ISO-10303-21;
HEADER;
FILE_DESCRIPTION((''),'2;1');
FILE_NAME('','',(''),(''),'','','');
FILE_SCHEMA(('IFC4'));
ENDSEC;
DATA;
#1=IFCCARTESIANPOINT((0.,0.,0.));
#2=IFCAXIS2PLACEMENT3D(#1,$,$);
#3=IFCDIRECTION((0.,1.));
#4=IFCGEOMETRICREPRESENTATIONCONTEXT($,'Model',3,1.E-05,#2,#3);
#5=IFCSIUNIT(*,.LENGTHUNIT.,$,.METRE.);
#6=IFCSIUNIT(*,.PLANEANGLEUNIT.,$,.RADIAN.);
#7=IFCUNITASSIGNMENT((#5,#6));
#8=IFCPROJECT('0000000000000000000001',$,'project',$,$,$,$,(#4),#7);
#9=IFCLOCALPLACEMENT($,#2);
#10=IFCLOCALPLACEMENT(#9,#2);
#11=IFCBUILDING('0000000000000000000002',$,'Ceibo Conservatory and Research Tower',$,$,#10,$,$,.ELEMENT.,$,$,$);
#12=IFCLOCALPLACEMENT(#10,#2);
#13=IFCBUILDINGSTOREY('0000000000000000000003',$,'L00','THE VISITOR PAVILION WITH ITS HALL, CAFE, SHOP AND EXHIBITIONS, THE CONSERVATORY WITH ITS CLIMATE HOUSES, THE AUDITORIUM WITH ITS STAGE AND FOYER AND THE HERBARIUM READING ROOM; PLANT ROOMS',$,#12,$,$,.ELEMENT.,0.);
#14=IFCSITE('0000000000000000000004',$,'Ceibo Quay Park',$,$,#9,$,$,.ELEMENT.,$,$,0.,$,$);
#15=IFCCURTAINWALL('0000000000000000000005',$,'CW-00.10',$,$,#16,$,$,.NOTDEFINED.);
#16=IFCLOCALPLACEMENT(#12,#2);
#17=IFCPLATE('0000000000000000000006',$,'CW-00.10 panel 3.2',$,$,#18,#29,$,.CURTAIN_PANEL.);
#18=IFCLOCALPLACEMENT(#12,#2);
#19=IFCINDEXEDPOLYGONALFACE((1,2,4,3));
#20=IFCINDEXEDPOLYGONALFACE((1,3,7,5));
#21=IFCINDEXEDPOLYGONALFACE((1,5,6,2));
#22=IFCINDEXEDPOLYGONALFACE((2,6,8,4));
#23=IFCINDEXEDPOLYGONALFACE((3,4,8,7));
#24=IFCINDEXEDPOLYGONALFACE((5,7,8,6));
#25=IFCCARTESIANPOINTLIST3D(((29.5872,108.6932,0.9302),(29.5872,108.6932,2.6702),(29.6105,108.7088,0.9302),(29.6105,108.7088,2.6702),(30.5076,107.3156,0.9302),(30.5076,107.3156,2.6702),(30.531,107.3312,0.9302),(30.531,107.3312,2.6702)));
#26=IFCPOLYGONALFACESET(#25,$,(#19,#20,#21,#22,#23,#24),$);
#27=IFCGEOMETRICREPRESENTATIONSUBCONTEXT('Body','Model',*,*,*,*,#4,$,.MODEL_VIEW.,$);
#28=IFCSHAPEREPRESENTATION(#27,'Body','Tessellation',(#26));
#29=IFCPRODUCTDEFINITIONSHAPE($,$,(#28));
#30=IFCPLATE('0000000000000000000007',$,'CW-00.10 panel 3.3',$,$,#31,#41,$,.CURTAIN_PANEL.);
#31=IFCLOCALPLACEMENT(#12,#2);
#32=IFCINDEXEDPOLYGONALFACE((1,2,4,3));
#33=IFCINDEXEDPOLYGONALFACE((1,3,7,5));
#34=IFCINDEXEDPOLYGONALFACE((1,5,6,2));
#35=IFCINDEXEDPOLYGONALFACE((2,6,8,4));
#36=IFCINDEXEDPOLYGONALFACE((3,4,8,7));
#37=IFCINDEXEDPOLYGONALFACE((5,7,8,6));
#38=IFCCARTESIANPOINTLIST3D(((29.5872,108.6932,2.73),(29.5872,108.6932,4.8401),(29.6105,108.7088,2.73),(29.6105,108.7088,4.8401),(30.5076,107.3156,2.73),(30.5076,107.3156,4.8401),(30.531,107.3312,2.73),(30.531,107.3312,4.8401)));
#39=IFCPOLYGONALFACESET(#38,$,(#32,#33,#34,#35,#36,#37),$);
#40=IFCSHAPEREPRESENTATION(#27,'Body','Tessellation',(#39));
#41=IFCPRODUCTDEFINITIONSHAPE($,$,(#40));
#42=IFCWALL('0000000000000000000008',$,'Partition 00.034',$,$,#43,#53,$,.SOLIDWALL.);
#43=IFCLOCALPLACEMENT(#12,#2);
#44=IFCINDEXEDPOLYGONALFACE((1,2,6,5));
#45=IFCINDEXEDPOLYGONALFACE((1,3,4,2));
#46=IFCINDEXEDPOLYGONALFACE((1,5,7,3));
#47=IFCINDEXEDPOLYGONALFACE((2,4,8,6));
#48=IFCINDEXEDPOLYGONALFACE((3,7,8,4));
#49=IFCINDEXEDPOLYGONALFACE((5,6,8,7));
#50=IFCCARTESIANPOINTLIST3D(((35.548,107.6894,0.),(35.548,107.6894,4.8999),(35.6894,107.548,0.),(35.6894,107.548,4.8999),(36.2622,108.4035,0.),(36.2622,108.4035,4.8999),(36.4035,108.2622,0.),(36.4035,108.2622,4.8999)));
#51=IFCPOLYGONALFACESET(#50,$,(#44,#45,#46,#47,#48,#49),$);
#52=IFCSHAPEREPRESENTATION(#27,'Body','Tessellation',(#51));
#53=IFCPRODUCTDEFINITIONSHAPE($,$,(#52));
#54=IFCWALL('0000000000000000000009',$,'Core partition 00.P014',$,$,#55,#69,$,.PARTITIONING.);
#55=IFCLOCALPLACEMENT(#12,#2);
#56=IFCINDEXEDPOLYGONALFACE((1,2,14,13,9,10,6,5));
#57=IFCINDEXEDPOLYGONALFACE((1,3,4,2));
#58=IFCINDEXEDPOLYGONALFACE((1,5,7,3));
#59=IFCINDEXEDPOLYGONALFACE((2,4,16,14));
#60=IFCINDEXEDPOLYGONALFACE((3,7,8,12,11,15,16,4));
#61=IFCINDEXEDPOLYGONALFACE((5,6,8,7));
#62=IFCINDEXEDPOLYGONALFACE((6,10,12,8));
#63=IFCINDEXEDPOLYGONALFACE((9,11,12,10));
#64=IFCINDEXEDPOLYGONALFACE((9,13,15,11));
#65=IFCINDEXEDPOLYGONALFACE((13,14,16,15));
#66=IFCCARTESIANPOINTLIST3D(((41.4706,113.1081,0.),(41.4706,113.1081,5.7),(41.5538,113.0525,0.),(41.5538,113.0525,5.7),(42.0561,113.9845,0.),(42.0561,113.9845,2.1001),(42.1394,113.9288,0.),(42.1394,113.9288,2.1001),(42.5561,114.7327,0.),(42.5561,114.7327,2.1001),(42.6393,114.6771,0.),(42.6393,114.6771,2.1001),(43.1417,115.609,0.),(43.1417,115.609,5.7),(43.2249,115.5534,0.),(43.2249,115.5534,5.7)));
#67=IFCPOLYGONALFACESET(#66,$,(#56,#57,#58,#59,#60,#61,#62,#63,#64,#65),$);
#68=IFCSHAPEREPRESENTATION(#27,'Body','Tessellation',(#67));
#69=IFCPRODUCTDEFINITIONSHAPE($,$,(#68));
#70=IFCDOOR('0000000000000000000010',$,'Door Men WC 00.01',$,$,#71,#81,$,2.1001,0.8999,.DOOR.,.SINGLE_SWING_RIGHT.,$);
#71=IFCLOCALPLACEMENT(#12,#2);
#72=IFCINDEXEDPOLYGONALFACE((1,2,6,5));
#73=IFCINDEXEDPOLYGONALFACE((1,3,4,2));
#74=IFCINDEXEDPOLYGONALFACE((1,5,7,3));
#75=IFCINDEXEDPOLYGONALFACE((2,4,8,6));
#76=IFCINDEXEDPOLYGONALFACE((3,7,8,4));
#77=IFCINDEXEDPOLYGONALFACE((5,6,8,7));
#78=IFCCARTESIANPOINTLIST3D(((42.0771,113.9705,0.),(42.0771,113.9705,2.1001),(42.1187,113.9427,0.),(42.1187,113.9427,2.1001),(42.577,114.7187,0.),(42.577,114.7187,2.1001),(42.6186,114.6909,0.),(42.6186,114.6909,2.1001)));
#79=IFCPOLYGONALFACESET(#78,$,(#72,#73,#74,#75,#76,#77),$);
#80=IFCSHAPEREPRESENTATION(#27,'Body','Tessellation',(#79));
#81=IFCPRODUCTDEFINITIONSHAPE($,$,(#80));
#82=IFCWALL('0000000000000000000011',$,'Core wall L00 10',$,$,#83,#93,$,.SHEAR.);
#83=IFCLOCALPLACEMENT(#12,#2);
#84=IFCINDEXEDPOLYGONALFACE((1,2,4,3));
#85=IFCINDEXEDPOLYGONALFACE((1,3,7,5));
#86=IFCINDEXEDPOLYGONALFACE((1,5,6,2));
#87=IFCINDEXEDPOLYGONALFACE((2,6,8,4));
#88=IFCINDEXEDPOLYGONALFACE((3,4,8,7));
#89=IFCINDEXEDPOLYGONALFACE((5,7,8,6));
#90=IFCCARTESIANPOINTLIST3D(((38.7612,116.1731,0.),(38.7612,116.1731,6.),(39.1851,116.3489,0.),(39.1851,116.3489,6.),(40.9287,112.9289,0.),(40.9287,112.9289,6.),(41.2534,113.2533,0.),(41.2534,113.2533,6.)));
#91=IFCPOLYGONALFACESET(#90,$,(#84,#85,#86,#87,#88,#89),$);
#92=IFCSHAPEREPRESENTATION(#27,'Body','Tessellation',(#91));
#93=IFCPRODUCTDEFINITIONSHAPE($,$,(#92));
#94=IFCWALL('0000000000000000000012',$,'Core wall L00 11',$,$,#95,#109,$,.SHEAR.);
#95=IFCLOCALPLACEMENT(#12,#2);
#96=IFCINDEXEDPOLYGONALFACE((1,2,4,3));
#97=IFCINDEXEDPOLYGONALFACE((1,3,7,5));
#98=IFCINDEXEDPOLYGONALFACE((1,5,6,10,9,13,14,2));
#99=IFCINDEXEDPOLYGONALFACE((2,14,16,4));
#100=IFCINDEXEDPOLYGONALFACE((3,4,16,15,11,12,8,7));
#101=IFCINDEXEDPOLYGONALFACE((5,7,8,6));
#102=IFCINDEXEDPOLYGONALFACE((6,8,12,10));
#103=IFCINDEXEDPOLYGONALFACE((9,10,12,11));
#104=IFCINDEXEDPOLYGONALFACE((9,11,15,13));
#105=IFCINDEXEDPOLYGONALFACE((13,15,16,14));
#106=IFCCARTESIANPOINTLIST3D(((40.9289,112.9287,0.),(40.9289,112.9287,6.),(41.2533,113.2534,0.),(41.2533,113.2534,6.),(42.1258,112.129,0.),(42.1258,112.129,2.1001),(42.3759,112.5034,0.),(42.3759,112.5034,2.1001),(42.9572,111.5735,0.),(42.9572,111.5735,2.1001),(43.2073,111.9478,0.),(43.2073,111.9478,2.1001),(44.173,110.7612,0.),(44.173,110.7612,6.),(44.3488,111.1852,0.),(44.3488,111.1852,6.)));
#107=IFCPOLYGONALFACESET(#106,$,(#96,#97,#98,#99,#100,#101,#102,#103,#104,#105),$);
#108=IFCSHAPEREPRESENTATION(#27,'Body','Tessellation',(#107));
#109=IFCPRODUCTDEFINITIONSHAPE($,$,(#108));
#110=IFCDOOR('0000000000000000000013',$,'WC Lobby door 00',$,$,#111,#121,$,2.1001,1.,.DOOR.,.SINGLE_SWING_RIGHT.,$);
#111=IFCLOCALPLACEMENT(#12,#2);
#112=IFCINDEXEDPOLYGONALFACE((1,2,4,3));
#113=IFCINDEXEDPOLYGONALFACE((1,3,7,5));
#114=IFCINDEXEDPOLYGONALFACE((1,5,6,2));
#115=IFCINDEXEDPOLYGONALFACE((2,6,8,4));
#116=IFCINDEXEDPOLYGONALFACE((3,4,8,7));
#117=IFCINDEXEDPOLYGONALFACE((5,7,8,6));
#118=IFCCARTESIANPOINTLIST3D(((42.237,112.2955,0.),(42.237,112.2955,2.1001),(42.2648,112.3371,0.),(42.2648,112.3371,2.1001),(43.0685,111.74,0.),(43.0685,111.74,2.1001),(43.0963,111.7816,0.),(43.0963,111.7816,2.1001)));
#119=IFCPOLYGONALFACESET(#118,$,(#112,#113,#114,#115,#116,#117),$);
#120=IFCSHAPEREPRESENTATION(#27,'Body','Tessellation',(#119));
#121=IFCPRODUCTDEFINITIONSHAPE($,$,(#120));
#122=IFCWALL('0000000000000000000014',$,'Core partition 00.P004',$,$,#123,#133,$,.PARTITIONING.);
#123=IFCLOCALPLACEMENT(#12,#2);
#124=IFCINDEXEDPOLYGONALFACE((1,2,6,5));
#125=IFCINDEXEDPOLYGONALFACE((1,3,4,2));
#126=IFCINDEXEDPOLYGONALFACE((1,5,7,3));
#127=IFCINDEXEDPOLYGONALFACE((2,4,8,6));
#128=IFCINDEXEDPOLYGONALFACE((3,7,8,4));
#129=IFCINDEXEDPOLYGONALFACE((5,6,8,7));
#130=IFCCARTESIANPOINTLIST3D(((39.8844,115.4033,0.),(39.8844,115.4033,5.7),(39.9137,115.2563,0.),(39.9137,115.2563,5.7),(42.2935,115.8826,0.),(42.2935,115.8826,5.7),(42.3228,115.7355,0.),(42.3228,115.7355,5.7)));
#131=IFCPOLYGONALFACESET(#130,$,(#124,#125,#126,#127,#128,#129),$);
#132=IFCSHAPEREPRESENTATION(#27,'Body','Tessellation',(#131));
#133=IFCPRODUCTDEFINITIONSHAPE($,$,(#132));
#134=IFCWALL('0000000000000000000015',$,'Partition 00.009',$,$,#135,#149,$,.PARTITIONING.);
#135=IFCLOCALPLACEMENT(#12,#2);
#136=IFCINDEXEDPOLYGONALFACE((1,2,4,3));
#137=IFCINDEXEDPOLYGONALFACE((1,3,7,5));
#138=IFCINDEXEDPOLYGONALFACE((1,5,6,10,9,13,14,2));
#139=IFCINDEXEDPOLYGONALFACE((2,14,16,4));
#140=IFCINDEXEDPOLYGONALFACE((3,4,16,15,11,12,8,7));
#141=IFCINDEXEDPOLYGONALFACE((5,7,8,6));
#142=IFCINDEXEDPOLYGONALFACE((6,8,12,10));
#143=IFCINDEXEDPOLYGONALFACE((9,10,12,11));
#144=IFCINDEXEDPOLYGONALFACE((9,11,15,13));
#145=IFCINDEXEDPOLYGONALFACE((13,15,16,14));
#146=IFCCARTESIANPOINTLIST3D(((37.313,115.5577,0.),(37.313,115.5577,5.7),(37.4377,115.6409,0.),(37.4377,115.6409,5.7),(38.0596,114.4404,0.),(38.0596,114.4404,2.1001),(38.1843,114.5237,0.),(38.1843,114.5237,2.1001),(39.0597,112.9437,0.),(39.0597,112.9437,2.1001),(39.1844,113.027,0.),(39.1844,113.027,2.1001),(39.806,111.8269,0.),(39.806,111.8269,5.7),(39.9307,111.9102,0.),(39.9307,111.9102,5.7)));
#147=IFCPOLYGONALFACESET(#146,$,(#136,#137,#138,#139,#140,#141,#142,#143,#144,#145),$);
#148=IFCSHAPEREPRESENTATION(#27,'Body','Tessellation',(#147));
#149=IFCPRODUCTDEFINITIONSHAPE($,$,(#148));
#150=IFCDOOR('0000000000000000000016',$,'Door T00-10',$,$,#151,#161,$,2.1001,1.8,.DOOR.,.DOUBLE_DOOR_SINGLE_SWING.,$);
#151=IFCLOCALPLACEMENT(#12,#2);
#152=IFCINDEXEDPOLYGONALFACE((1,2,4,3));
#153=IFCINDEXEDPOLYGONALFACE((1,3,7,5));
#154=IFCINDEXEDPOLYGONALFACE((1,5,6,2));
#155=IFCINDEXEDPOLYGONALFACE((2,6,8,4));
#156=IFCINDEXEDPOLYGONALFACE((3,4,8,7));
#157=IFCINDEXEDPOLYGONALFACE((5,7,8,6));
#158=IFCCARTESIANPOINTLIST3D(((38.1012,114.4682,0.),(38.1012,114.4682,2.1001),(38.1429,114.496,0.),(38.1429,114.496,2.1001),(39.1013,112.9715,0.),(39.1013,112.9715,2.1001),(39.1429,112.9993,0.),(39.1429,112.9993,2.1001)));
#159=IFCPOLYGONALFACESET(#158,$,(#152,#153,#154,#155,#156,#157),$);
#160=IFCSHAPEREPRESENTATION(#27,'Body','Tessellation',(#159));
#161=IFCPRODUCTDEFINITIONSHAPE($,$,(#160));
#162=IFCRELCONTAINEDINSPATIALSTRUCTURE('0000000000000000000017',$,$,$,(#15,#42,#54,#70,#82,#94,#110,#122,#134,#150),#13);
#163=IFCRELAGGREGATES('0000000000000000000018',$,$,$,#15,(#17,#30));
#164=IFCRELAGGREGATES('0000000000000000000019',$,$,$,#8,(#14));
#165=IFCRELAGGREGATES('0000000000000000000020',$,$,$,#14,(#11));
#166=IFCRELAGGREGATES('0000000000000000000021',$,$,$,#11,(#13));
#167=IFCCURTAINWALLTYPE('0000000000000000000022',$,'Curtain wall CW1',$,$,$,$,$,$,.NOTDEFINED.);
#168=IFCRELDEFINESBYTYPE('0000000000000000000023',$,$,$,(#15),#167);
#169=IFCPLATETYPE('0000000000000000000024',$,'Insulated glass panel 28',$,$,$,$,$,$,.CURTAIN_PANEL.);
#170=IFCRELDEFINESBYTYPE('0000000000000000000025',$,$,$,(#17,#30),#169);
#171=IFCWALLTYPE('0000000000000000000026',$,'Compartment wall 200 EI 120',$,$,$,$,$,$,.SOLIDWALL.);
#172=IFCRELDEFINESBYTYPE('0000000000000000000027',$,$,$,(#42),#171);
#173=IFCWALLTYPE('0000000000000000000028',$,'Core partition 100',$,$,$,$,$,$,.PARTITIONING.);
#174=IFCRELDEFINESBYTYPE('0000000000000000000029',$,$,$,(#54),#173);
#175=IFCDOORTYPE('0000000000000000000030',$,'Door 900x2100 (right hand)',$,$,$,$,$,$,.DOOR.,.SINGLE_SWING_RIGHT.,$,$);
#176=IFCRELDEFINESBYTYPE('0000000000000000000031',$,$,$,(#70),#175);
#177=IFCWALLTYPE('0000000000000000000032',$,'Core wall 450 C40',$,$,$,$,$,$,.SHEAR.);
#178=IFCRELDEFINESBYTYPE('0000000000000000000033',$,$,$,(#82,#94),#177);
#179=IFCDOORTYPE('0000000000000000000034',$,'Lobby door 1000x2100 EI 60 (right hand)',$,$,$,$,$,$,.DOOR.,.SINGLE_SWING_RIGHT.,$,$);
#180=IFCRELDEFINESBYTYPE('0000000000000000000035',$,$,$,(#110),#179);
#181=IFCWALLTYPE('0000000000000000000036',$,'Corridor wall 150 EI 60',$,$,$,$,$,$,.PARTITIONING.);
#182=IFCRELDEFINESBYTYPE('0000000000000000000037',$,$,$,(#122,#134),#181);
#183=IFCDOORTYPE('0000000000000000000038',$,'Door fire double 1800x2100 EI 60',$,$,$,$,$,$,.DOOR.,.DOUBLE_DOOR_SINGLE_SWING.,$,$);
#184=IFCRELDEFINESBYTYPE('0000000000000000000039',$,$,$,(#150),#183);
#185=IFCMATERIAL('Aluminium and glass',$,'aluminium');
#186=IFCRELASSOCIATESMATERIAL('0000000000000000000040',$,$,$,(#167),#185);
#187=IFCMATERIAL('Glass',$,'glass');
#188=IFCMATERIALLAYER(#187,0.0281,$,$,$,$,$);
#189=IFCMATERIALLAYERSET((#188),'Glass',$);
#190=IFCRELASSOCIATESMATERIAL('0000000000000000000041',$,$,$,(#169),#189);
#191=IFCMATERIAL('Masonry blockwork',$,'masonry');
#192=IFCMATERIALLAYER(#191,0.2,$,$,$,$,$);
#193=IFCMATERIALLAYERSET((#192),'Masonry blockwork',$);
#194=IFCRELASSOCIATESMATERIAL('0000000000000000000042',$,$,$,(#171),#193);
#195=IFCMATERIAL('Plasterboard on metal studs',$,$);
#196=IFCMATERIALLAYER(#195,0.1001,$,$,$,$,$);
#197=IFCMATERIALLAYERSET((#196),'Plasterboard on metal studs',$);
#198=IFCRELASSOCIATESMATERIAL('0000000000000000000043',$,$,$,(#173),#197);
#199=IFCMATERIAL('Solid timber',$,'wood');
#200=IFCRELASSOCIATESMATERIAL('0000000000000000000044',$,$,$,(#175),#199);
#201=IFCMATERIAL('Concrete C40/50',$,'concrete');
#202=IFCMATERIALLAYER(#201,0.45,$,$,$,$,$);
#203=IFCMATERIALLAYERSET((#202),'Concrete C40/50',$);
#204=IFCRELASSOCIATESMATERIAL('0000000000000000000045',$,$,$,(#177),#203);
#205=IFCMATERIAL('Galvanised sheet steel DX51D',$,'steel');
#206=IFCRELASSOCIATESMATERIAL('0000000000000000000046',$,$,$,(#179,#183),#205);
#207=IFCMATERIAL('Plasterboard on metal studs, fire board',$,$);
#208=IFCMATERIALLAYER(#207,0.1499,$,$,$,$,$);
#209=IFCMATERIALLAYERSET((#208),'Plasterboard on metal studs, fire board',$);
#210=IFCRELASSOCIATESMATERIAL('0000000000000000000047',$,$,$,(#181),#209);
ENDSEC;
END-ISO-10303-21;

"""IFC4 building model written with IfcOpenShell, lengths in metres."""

from ifc_helpers import new_model, si_unit, direction, frame, frame_2d, origin, origin_2d, place, context, subcontext, project, spatial, polyline, rectangle, outline, extrude, material, layer, layer_set, type_object, element, fill, aggregate, save


model = new_model("IFC4")

# Units and contexts
model_context = context("Model", 3, precision=1e-05, world=origin(), true_north=direction((0.0, 1.0)))
body_context = subcontext(model_context, "Body", "Model", "MODEL_VIEW")
ifc_project = project(units=[si_unit("LENGTHUNIT", "METRE"), si_unit("PLANEANGLEUNIT", "RADIAN")], contexts=[model_context])

# Site, building, storey
site_placement = place(None, origin())
site = spatial("IfcSite", under=ifc_project, at=site_placement, Name="Ceibo Quay Park", CompositionType="ELEMENT", RefElevation=0.0)
building_placement = place(site_placement, origin())
building = spatial("IfcBuilding", under=site, at=building_placement, Name="Ceibo Conservatory and Research Tower", CompositionType="ELEMENT")
storey_placement = place(building_placement, origin())
storey = spatial("IfcBuildingStorey", under=building, at=storey_placement, Name="L00", Description="THE VISITOR PAVILION WITH ITS HALL, CAFE, SHOP AND EXHIBITIONS, THE CONSERVATORY WITH ITS CLIMATE HOUSES, THE AUDITORIUM WITH ITS STAGE AND FOYER AND THE HERBARIUM READING ROOM; PLANT ROOMS", CompositionType="ELEMENT", Elevation=0.0)

# Shared definitions
ifc_material_1 = material(Name="Concrete C40/50", Category="concrete")

# Curtain wall
ifc_material_2 = material(Name="Aluminium and glass", Category="aluminium")
curtain_wall_type = type_object("IfcCurtainWallType", Name="Curtain wall CW1", PredefinedType="NOTDEFINED", material=ifc_material_2)
curtain_wall_placement = place(storey_placement, origin())
curtain_wall = element("IfcCurtainWall", 1, at=curtain_wall_placement, inside=storey, type_object=curtain_wall_type, Name="CW-00.10", PredefinedType="NOTDEFINED")

# Plates
ifc_material_3 = material(Name="Glass", Category="glass")
ifc_layer_1 = layer(ifc_material_3, 0.0281)
ifc_layer_set_1 = layer_set([ifc_layer_1], Name="Glass")
plate_type = type_object("IfcPlateType", Name="Insulated glass panel 28", PredefinedType="CURTAIN_PANEL", material=ifc_layer_set_1)
plate_1_placement = place(storey_placement, frame((30.0591, 108.0122, 0.9302), z_axis=(0.0, 0.0, 1.0), x_axis=(0.55557, -0.83147, 0.0)))
plate_1 = element("IfcPlate", 2, at=plate_1_placement, type_object=plate_type, Name="CW-00.10 panel 3.2", PredefinedType="CURTAIN_PANEL", context=body_context, shape_type="SweptSolid", body=[
    extrude(rectangle(XDim=1.6567, YDim=0.0281, at=origin_2d()), origin(), (0.0, 0.0, 1.0), 1.74),
])
plate_2_placement = place(storey_placement, frame((30.0591, 108.0122, 2.73), z_axis=(0.0, 0.0, 1.0), x_axis=(0.55557, -0.83147, 0.0)))
plate_2 = element("IfcPlate", 3, at=plate_2_placement, type_object=plate_type, Name="CW-00.10 panel 3.3", PredefinedType="CURTAIN_PANEL", context=body_context, shape_type="SweptSolid", body=[
    extrude(rectangle(XDim=1.6567, YDim=0.0281, at=origin_2d()), origin(), (0.0, 0.0, 1.0), 2.1101),
])
aggregate(curtain_wall, [plate_1, plate_2])

# Wall
ifc_material_4 = material(Name="Masonry blockwork", Category="masonry")
ifc_layer_2 = layer(ifc_material_4, 0.2)
ifc_layer_set_2 = layer_set([ifc_layer_2], Name="Masonry blockwork")
wall_type_1 = type_object("IfcWallType", Name="Compartment wall 200 EI 120", PredefinedType="SOLIDWALL", material=ifc_layer_set_2)
wall_1_placement = place(storey_placement, frame((36.3328, 108.3328, 0.0), z_axis=(0.0, 0.0, 1.0), x_axis=(-0.707107, -0.707107, 0.0)))
element("IfcWall", 4, at=wall_1_placement, inside=storey, type_object=wall_type_1, Name="Partition 00.034", PredefinedType="SOLIDWALL", context=body_context, shape_type="SweptSolid", body=[
    extrude(rectangle(XDim=1.01, YDim=0.2, at=frame_2d((0.5049, 0.0))), origin(), (0.0, 0.0, 1.0), 4.8999),
])

# Wall, opening, door
ifc_material_5 = material(Name="Plasterboard on metal studs")
ifc_layer_3 = layer(ifc_material_5, 0.1001)
ifc_layer_set_3 = layer_set([ifc_layer_3], Name="Plasterboard on metal studs")
wall_type_2 = type_object("IfcWallType", Name="Core partition 100", PredefinedType="PARTITIONING", material=ifc_layer_set_3)
wall_2_placement = place(storey_placement, frame((41.5122, 113.0803, 0.0), z_axis=(0.0, 0.0, 1.0), x_axis=(0.55558, 0.831463, 0.0)))
wall_2 = element("IfcWall", 5, at=wall_2_placement, inside=storey, type_object=wall_type_2, Name="Core partition 00.P014", PredefinedType="PARTITIONING", context=body_context, shape_type="SweptSolid", body=[
    extrude(rectangle(XDim=3.0078, YDim=0.1001, at=frame_2d((1.5039, 0.0))), origin(), (0.0, 0.0, 1.0), 5.7),
])
opening_1_placement = place(wall_2_placement, frame((1.054, 0.0, 0.0)))
opening_1 = element("IfcOpeningElement", 6, at=opening_1_placement, cuts=wall_2, PredefinedType="OPENING", context=body_context, shape_type="SweptSolid", body=[
    extrude(rectangle(XDim=0.8999, YDim=2.1001, at=frame_2d((0.45, 1.05))), frame((0.0, 0.0601, 0.0), z_axis=(0.0, -1.0, 0.0), x_axis=(1.0, 0.0, 0.0)), (0.0, 0.0, 1.0), 0.1201),
])
ifc_material_6 = material(Name="Solid timber", Category="wood")
door_type_1 = type_object("IfcDoorType", Name="Door 900x2100 (right hand)", OperationType="SINGLE_SWING_RIGHT", PredefinedType="DOOR", material=ifc_material_6)
door_1_placement = place(opening_1_placement, origin())
door_1 = element("IfcDoor", 7, at=door_1_placement, inside=storey, type_object=door_type_1, Name="Door Men WC 00.01", OperationType="SINGLE_SWING_RIGHT", OverallHeight=2.1001, OverallWidth=0.8999, PredefinedType="DOOR", context=body_context, shape_type="SweptSolid", body=[
    extrude(rectangle(XDim=0.8999, YDim=2.1001, at=frame_2d((0.45, 1.05))), frame((0.0, 0.0249, 0.0), z_axis=(0.0, -1.0, 0.0), x_axis=(1.0, 0.0, 0.0)), (0.0, 0.0, 1.0), 0.05),
])
fill(opening_1, door_1)

# Wall
ifc_layer_4 = layer(ifc_material_1, 0.45)
ifc_layer_set_4 = layer_set([ifc_layer_4], Name="Concrete C40/50")
wall_type_3 = type_object("IfcWallType", Name="Core wall 450 C40", PredefinedType="SHEAR", material=ifc_layer_set_4)
wall_3_placement = place(storey_placement, frame((38.9731, 116.261, 0.0), z_axis=(0.0, 0.0, 1.0), x_axis=(0.555542, -0.831488, 0.0)))
element("IfcWall", 8, at=wall_3_placement, inside=storey, type_object=wall_type_3, Name="Core wall L00 10", PredefinedType="SHEAR", context=body_context, shape_type="SweptSolid", body=[
    extrude(outline(polyline([(-0.0447, -0.2251), (3.8569, -0.2251), (3.7676, 0.2251), (0.0447, 0.2251), (-0.0447, -0.2251)])), origin(), (0.0, 0.0, 1.0), 6.0),
])

# Wall, opening, door
wall_4_placement = place(storey_placement, frame((41.0911, 113.0911, 0.0), z_axis=(0.0, 0.0, 1.0), x_axis=(0.831488, -0.555542, 0.0)))
wall_4 = element("IfcWall", 9, at=wall_4_placement, inside=storey, type_object=wall_type_3, Name="Core wall L00 11", PredefinedType="SHEAR", context=body_context, shape_type="SweptSolid", body=[
    extrude(outline(polyline([(-0.0447, -0.2251), (3.8569, -0.2251), (3.7676, 0.2251), (0.0447, 0.2251), (-0.0447, -0.2251)])), origin(), (0.0, 0.0, 1.0), 6.0),
])
opening_2_placement = place(wall_4_placement, frame((1.3948, 0.0, 0.0)))
opening_2 = element("IfcOpeningElement", 10, at=opening_2_placement, cuts=wall_4, PredefinedType="OPENING", context=body_context, shape_type="SweptSolid", body=[
    extrude(rectangle(XDim=1.0, YDim=2.1001, at=frame_2d((0.5, 1.05))), frame((0.0, 0.2349, 0.0), z_axis=(0.0, -1.0, 0.0), x_axis=(1.0, 0.0, 0.0)), (0.0, 0.0, 1.0), 0.47),
])
ifc_material_7 = material(Name="Galvanised sheet steel DX51D", Category="steel")
door_type_2 = type_object("IfcDoorType", Name="Lobby door 1000x2100 EI 60 (right hand)", OperationType="SINGLE_SWING_RIGHT", PredefinedType="DOOR", material=ifc_material_7)
door_2_placement = place(opening_2_placement, frame((1.0, 0.0, 0.0), z_axis=(0.0, 0.0, 1.0), x_axis=(-1.0, 0.0, 0.0)))
door_2 = element("IfcDoor", 11, at=door_2_placement, inside=storey, type_object=door_type_2, Name="WC Lobby door 00", OperationType="SINGLE_SWING_RIGHT", OverallHeight=2.1001, OverallWidth=1.0, PredefinedType="DOOR", context=body_context, shape_type="SweptSolid", body=[
    extrude(rectangle(XDim=1.0, YDim=2.1001, at=frame_2d((0.5, 1.05))), frame((0.0, 0.0249, 0.0), z_axis=(0.0, -1.0, 0.0), x_axis=(1.0, 0.0, 0.0)), (0.0, 0.0, 1.0), 0.05),
])
fill(opening_2, door_2)

# Wall
ifc_material_8 = material(Name="Plasterboard on metal studs, fire board")
ifc_layer_5 = layer(ifc_material_8, 0.1499)
ifc_layer_set_5 = layer_set([ifc_layer_5], Name="Plasterboard on metal studs, fire board")
wall_type_4 = type_object("IfcWallType", Name="Corridor wall 150 EI 60", PredefinedType="PARTITIONING", material=ifc_layer_set_5)
wall_5_placement = place(storey_placement, frame((39.8992, 115.3298, 0.0), z_axis=(0.0, 0.0, 1.0), x_axis=(0.980783, 0.195103, 0.0)))
element("IfcWall", 12, at=wall_5_placement, inside=storey, type_object=wall_type_4, Name="Core partition 00.P004", PredefinedType="PARTITIONING", context=body_context, shape_type="SweptSolid", body=[
    extrude(rectangle(XDim=2.4563, YDim=0.1499, at=frame_2d((1.228, 0.0))), origin(), (0.0, 0.0, 1.0), 5.7),
])

# Wall, opening, door
wall_6_placement = place(storey_placement, frame((39.8684, 111.8684, 0.0), z_axis=(0.0, 0.0, 1.0), x_axis=(-0.555591, 0.831455, 0.0)))
wall_6 = element("IfcWall", 13, at=wall_6_placement, inside=storey, type_object=wall_type_4, Name="Partition 00.009", PredefinedType="PARTITIONING", context=body_context, shape_type="SweptSolid", body=[
    extrude(rectangle(XDim=4.4871, YDim=0.1499, at=frame_2d((2.2437, 0.0))), origin(), (0.0, 0.0, 1.0), 5.7),
])
opening_3_placement = place(wall_6_placement, frame((1.3435, 0.0, 0.0)))
opening_3 = element("IfcOpeningElement", 14, at=opening_3_placement, cuts=wall_6, PredefinedType="OPENING", context=body_context, shape_type="SweptSolid", body=[
    extrude(rectangle(XDim=1.8, YDim=2.1001, at=frame_2d((0.8999, 1.05))), frame((0.0, 0.085, 0.0), z_axis=(0.0, -1.0, 0.0), x_axis=(1.0, 0.0, 0.0)), (0.0, 0.0, 1.0), 0.1699),
])
door_type_3 = type_object("IfcDoorType", Name="Door fire double 1800x2100 EI 60", OperationType="DOUBLE_DOOR_SINGLE_SWING", PredefinedType="DOOR", material=ifc_material_7)
door_3_placement = place(opening_3_placement, origin())
door_3 = element("IfcDoor", 15, at=door_3_placement, inside=storey, type_object=door_type_3, Name="Door T00-10", OperationType="DOUBLE_DOOR_SINGLE_SWING", OverallHeight=2.1001, OverallWidth=1.8, PredefinedType="DOOR", context=body_context, shape_type="SweptSolid", body=[
    extrude(rectangle(XDim=1.8, YDim=2.1001, at=frame_2d((0.8999, 1.05))), frame((0.0, 0.0249, 0.0), z_axis=(0.0, -1.0, 0.0), x_axis=(1.0, 0.0, 0.0)), (0.0, 0.0, 1.0), 0.05),
])
fill(opening_3, door_3)

save(model, "model.ifc")
